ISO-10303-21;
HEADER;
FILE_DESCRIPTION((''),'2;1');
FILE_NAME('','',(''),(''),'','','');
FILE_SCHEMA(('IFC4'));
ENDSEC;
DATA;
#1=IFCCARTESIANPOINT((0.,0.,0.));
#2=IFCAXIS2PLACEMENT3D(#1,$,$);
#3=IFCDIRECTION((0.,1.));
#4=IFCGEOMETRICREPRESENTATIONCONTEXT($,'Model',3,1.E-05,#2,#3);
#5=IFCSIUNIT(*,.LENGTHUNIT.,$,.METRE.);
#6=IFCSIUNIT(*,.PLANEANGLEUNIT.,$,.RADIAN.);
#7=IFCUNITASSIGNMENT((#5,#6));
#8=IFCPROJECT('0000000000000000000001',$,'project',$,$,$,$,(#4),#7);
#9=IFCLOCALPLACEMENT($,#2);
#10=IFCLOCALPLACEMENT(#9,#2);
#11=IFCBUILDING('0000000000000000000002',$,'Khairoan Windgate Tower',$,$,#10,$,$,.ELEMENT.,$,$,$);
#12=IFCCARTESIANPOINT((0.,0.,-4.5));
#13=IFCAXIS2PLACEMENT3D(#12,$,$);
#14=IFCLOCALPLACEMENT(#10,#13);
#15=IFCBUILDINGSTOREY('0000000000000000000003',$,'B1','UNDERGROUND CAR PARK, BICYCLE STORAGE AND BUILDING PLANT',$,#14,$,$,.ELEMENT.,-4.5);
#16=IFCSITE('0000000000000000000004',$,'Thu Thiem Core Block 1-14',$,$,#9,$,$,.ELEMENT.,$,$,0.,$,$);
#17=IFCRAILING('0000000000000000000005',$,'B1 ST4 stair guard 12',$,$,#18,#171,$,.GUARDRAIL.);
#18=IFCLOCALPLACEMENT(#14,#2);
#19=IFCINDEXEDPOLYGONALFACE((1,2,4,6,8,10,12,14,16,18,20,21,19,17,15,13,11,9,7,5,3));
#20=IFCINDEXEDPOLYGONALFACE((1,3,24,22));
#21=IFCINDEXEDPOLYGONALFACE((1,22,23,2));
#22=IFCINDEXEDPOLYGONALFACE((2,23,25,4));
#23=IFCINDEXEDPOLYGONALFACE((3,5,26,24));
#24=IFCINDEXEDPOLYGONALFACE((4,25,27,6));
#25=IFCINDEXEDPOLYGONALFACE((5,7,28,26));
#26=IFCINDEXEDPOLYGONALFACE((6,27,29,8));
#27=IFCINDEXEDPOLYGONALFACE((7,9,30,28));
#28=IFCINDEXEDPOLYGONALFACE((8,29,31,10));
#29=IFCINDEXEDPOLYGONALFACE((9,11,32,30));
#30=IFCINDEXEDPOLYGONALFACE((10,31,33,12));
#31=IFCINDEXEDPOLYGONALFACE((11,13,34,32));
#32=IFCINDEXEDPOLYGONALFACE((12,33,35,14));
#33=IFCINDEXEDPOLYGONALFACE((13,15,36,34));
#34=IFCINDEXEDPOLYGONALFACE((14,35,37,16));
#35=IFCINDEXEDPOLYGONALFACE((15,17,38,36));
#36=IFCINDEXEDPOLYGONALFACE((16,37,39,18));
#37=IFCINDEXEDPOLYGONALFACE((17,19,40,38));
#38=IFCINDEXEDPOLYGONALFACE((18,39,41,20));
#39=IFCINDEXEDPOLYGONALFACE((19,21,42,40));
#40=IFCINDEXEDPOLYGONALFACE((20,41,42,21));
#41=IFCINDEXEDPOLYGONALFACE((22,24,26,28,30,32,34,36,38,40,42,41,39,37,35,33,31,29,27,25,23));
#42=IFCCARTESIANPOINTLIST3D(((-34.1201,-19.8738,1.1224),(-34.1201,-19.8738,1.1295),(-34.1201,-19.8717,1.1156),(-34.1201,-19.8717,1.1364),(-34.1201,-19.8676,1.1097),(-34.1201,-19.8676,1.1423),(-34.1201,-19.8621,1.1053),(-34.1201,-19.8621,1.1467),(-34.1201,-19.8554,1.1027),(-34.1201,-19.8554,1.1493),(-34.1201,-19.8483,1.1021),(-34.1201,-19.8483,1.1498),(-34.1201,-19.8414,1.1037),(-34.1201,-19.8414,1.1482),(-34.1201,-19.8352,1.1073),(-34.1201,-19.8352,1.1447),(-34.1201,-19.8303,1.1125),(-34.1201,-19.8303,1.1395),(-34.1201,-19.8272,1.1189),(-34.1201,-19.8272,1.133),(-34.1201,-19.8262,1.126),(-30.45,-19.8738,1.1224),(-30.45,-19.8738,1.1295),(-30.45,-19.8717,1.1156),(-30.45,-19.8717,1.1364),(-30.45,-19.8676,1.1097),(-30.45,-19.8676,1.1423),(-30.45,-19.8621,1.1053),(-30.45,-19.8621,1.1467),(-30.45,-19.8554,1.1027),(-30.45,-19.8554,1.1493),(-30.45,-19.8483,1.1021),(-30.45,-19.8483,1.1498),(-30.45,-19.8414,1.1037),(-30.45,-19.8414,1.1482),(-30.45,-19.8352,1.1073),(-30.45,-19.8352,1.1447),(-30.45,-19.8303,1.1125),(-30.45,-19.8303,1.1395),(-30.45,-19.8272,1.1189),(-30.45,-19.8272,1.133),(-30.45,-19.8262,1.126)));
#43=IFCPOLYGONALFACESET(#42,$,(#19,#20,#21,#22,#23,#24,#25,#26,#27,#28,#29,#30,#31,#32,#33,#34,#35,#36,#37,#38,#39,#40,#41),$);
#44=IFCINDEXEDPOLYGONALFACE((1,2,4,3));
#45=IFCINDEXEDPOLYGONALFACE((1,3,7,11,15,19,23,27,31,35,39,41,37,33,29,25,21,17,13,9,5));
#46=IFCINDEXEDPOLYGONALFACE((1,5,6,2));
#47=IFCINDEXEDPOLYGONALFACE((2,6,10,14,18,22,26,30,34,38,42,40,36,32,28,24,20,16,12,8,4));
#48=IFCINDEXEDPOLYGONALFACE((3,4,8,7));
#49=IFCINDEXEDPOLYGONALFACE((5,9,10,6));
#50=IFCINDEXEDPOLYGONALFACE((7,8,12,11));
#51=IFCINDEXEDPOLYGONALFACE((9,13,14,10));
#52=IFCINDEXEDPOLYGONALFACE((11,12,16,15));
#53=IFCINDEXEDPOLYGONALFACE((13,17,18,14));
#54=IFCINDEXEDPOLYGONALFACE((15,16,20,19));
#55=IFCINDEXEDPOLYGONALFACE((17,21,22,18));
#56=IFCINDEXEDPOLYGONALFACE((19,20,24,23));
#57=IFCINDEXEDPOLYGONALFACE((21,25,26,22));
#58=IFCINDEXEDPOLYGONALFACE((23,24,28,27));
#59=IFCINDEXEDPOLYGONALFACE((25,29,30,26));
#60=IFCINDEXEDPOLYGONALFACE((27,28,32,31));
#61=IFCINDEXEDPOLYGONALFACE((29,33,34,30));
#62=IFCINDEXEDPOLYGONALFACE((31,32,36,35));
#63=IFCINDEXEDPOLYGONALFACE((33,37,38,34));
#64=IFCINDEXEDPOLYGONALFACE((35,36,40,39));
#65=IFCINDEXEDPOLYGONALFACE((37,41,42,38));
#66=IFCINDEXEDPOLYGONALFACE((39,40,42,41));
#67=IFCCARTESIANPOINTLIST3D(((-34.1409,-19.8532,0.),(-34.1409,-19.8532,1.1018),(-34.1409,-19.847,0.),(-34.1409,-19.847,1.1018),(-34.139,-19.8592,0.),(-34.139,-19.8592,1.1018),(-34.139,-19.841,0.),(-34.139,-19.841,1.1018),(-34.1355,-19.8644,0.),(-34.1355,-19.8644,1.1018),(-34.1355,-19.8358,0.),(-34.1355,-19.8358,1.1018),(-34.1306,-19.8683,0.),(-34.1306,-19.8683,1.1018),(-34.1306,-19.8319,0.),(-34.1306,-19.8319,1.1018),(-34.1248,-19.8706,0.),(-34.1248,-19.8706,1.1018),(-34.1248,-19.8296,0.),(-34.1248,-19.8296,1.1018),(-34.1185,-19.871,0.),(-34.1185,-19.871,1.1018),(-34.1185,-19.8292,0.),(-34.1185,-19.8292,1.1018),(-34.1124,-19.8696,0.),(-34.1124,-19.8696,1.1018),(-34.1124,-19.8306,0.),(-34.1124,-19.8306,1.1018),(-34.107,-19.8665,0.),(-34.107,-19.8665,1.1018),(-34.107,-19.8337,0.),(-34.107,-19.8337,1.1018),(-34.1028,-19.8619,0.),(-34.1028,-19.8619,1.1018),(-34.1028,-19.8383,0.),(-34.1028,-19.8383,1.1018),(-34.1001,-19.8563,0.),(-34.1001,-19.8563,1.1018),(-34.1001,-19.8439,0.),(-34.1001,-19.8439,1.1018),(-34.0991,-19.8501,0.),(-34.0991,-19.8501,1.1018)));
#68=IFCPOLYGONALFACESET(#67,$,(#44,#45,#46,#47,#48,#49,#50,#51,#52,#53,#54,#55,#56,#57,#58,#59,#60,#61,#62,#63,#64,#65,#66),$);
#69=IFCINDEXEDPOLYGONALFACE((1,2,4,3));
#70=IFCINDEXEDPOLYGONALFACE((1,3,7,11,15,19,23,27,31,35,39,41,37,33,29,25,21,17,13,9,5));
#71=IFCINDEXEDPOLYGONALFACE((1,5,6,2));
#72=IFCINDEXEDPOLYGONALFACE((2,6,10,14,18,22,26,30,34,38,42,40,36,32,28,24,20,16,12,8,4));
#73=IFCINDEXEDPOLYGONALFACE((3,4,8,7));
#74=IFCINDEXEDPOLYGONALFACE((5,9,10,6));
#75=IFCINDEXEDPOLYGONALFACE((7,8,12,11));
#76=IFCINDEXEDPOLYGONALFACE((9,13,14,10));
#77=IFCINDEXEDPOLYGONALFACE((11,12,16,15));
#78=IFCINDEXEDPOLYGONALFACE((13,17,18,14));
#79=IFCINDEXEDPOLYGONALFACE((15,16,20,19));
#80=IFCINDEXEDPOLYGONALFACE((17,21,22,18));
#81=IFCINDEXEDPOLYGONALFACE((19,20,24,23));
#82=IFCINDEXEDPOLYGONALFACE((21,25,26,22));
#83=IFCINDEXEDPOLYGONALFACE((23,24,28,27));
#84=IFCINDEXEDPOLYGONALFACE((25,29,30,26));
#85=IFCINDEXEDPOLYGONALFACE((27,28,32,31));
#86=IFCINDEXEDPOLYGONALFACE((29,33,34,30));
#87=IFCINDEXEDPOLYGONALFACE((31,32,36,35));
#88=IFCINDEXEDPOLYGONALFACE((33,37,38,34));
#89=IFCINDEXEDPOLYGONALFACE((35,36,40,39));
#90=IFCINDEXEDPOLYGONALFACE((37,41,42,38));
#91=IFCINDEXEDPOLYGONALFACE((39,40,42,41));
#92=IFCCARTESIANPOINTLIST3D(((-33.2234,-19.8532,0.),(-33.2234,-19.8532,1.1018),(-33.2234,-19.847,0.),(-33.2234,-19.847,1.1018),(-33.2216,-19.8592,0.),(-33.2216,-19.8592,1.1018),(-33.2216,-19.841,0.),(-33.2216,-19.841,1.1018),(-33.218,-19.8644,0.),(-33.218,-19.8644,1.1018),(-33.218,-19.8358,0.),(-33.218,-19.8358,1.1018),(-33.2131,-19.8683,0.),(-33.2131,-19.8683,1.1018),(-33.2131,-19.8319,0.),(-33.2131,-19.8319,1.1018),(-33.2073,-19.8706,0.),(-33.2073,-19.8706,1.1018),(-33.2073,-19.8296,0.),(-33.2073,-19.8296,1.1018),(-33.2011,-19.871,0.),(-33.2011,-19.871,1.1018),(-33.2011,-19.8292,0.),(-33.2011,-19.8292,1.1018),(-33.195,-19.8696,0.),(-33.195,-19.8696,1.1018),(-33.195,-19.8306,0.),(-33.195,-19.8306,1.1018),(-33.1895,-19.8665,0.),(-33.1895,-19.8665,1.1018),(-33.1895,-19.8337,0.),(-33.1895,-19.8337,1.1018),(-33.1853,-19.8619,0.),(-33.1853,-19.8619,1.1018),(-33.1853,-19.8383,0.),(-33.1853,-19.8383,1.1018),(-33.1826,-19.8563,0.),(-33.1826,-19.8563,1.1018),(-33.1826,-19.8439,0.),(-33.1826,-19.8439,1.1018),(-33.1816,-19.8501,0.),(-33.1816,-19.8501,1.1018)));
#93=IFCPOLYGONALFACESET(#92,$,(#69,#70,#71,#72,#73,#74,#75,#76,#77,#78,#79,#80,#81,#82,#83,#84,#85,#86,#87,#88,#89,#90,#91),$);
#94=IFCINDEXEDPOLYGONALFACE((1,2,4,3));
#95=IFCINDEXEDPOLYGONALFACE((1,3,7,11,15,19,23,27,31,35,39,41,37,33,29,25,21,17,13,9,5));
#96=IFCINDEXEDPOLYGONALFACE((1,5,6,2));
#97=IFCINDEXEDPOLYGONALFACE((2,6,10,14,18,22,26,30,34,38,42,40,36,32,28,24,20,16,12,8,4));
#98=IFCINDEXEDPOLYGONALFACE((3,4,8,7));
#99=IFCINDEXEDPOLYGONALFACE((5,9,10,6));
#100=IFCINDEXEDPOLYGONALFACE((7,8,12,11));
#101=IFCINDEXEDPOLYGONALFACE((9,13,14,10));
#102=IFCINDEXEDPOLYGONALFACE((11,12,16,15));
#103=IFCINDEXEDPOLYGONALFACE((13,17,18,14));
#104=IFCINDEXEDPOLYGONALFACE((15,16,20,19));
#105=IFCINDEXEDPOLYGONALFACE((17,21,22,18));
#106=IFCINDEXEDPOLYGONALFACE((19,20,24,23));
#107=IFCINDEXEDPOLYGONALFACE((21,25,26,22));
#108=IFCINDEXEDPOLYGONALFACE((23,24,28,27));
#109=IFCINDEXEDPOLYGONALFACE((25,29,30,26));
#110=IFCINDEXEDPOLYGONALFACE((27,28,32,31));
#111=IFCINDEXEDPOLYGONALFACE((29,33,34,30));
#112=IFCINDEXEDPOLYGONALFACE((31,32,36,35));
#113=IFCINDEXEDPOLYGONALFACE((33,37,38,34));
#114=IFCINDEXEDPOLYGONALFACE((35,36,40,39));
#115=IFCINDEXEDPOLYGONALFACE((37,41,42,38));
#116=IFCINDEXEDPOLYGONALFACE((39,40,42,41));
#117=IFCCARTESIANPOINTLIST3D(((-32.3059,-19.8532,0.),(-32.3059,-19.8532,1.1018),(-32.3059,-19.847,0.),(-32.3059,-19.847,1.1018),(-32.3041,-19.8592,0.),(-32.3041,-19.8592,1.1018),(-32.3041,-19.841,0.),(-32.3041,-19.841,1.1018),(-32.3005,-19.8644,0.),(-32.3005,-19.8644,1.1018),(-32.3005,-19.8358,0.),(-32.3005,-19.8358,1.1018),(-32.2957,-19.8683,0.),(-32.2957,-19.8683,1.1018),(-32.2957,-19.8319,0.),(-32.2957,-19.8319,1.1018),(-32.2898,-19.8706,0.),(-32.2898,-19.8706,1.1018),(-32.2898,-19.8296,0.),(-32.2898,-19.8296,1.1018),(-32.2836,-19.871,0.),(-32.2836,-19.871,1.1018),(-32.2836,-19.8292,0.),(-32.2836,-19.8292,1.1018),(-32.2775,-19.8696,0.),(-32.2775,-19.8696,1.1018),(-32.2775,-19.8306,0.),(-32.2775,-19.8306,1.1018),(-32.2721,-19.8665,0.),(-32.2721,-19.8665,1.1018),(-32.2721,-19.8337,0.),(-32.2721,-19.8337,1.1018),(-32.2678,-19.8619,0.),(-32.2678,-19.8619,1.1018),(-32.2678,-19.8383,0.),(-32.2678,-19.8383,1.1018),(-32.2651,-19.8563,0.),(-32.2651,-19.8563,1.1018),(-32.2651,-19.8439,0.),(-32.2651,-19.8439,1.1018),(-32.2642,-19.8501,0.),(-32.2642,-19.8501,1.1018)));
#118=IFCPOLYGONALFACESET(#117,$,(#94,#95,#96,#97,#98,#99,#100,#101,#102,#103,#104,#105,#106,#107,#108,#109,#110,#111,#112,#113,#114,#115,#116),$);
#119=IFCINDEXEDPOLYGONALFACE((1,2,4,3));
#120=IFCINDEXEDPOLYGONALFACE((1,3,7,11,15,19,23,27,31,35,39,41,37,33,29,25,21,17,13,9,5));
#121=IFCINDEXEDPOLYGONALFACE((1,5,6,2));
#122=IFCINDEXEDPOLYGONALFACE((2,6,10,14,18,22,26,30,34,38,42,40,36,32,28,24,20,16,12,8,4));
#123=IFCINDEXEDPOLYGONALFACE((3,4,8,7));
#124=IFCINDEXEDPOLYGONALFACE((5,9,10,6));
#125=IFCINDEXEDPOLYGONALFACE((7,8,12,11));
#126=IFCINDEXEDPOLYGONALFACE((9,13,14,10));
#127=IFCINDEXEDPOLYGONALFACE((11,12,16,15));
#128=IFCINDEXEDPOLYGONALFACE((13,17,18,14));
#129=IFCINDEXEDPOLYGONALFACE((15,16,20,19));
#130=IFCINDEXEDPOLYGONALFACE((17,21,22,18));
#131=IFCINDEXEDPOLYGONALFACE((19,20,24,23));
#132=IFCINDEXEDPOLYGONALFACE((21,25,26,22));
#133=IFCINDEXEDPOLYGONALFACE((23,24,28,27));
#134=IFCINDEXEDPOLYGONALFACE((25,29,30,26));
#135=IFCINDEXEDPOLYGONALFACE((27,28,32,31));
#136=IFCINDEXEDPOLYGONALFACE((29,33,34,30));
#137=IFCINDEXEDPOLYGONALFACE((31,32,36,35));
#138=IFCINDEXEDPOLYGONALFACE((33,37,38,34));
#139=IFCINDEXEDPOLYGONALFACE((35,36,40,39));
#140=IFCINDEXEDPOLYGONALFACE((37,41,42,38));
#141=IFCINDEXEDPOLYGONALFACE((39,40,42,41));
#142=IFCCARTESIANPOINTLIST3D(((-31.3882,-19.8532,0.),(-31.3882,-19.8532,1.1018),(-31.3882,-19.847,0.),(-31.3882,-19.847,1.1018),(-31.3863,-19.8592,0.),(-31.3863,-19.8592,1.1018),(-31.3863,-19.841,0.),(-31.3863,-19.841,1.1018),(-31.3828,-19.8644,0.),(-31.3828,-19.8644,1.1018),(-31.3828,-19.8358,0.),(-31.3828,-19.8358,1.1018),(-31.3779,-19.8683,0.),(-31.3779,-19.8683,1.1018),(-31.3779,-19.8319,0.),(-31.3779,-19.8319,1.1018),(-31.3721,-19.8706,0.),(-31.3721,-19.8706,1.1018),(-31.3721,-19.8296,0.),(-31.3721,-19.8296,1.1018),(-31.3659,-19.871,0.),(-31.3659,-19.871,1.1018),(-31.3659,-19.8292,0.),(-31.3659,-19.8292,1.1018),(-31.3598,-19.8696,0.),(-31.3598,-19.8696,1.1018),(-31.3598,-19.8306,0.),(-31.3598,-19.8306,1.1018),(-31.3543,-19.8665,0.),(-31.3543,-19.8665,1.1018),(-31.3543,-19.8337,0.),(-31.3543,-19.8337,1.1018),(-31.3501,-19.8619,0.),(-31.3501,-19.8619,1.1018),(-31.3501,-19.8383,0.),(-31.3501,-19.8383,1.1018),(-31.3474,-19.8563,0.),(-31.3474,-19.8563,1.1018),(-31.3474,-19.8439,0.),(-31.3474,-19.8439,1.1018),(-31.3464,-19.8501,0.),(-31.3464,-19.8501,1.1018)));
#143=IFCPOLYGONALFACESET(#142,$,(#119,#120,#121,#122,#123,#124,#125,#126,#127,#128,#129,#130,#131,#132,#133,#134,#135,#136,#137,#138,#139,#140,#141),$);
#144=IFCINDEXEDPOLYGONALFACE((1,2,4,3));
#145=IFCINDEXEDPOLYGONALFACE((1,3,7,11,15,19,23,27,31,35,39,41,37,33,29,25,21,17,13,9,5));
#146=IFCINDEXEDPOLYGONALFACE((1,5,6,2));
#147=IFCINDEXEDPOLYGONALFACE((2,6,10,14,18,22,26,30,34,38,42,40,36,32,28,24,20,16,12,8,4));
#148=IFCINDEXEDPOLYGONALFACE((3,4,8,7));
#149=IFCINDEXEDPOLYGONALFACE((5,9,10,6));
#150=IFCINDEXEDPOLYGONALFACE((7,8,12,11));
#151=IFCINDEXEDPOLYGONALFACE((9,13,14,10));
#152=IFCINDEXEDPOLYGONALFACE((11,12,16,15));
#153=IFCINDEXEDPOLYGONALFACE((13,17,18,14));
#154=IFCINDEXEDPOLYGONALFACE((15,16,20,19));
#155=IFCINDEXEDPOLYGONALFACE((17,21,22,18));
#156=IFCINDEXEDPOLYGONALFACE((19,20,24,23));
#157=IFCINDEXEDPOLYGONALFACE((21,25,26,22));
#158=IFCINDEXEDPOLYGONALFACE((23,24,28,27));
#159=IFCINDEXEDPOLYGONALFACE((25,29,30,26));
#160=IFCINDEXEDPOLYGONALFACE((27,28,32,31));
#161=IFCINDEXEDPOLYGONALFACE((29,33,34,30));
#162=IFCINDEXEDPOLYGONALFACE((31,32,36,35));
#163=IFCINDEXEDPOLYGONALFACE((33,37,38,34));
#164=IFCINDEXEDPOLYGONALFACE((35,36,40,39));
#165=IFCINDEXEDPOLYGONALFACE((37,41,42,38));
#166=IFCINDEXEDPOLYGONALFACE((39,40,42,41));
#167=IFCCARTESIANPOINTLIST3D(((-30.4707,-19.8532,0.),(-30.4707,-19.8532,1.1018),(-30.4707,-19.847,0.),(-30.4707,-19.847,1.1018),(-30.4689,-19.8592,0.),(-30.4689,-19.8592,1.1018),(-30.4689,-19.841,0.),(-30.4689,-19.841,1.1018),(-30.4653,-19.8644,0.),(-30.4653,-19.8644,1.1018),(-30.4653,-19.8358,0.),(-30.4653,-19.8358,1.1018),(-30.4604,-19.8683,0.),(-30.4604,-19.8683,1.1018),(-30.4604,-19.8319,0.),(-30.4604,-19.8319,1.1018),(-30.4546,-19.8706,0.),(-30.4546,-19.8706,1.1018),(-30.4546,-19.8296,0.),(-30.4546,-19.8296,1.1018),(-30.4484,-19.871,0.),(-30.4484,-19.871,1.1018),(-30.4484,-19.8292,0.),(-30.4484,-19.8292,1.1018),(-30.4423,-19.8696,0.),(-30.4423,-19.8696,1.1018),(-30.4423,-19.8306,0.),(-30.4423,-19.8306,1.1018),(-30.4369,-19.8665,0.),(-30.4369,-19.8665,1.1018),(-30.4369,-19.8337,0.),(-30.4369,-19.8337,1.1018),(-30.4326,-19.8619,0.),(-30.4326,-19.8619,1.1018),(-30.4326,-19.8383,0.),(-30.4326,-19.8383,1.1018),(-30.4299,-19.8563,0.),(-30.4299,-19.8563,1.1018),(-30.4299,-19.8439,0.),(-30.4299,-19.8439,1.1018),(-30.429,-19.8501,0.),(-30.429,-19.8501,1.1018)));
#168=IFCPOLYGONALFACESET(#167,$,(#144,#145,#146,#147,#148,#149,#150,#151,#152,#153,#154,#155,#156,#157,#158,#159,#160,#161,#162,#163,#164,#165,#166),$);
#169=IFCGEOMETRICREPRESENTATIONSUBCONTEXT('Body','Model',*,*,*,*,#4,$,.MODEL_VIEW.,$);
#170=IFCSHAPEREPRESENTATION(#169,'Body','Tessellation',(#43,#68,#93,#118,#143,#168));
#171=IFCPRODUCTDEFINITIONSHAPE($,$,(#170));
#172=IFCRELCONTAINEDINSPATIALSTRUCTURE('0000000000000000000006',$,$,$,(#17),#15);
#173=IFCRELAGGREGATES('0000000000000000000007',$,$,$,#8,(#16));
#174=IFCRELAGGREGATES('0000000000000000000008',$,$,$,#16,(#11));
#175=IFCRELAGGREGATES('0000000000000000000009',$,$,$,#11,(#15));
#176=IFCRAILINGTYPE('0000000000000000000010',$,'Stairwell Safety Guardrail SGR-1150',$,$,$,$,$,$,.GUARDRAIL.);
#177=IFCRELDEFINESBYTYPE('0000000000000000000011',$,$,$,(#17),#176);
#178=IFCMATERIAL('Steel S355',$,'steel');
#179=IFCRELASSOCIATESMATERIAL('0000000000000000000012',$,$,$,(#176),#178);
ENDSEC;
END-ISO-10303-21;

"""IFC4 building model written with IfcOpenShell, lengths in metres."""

from ifc_helpers import new_model, si_unit, direction, frame, origin, origin_2d, place, context, subcontext, project, spatial, circle, extrude, material, type_object, element, save


model = new_model("IFC4")

# Units and contexts
model_context = context("Model", 3, precision=1e-05, world=origin(), true_north=direction((0.0, 1.0)))
body_context = subcontext(model_context, "Body", "Model", "MODEL_VIEW")
ifc_project = project(units=[si_unit("LENGTHUNIT", "METRE"), si_unit("PLANEANGLEUNIT", "RADIAN")], contexts=[model_context])

# Site, building, storey
site_placement = place(None, origin())
site = spatial("IfcSite", under=ifc_project, at=site_placement, Name="Thu Thiem Core Block 1-14", CompositionType="ELEMENT", RefElevation=0.0)
building_placement = place(site_placement, origin())
building = spatial("IfcBuilding", under=site, at=building_placement, Name="Khairoan Windgate Tower", CompositionType="ELEMENT")
storey_placement = place(building_placement, frame((0.0, 0.0, -4.5)))
storey = spatial("IfcBuildingStorey", under=building, at=storey_placement, Name="B1", Description="UNDERGROUND CAR PARK, BICYCLE STORAGE AND BUILDING PLANT", CompositionType="ELEMENT", Elevation=-4.5)

# Railing
ifc_material_1 = material(Name="Steel S355", Category="steel")
railing_type_1 = type_object("IfcRailingType", Name="Stairwell Safety Guardrail SGR-1150", PredefinedType="GUARDRAIL", material=ifc_material_1)
railing_1_placement = place(storey_placement, frame((-34.1201, -19.8501, 0.0)))
element("IfcRailing", 1, at=railing_1_placement, inside=storey, type_object=railing_type_1, Name="B1 ST4 stair guard 12", PredefinedType="GUARDRAIL", context=body_context, shape_type="SweptSolid", body=[
    extrude(circle(Radius=0.0239, at=origin_2d()), frame((0.0, 0.0, 1.126), z_axis=(1.0, 0.0, 0.0), x_axis=(0.0, 1.0, 0.0)), (0.0, 0.0, 1.0), 3.6702),
    extrude(circle(Radius=0.021, at=origin_2d()), origin(), (0.0, 0.0, 1.0), 1.1018),
    extrude(circle(Radius=0.021, at=origin_2d()), frame((0.9175, 0.0, 0.0)), (0.0, 0.0, 1.0), 1.1018),
    extrude(circle(Radius=0.021, at=origin_2d()), frame((1.835, 0.0, 0.0)), (0.0, 0.0, 1.0), 1.1018),
    extrude(circle(Radius=0.021, at=origin_2d()), frame((2.7527, 0.0, 0.0)), (0.0, 0.0, 1.0), 1.1018),
    extrude(circle(Radius=0.021, at=origin_2d()), frame((3.6702, 0.0, 0.0)), (0.0, 0.0, 1.0), 1.1018),
])

save(model, "model.ifc")
